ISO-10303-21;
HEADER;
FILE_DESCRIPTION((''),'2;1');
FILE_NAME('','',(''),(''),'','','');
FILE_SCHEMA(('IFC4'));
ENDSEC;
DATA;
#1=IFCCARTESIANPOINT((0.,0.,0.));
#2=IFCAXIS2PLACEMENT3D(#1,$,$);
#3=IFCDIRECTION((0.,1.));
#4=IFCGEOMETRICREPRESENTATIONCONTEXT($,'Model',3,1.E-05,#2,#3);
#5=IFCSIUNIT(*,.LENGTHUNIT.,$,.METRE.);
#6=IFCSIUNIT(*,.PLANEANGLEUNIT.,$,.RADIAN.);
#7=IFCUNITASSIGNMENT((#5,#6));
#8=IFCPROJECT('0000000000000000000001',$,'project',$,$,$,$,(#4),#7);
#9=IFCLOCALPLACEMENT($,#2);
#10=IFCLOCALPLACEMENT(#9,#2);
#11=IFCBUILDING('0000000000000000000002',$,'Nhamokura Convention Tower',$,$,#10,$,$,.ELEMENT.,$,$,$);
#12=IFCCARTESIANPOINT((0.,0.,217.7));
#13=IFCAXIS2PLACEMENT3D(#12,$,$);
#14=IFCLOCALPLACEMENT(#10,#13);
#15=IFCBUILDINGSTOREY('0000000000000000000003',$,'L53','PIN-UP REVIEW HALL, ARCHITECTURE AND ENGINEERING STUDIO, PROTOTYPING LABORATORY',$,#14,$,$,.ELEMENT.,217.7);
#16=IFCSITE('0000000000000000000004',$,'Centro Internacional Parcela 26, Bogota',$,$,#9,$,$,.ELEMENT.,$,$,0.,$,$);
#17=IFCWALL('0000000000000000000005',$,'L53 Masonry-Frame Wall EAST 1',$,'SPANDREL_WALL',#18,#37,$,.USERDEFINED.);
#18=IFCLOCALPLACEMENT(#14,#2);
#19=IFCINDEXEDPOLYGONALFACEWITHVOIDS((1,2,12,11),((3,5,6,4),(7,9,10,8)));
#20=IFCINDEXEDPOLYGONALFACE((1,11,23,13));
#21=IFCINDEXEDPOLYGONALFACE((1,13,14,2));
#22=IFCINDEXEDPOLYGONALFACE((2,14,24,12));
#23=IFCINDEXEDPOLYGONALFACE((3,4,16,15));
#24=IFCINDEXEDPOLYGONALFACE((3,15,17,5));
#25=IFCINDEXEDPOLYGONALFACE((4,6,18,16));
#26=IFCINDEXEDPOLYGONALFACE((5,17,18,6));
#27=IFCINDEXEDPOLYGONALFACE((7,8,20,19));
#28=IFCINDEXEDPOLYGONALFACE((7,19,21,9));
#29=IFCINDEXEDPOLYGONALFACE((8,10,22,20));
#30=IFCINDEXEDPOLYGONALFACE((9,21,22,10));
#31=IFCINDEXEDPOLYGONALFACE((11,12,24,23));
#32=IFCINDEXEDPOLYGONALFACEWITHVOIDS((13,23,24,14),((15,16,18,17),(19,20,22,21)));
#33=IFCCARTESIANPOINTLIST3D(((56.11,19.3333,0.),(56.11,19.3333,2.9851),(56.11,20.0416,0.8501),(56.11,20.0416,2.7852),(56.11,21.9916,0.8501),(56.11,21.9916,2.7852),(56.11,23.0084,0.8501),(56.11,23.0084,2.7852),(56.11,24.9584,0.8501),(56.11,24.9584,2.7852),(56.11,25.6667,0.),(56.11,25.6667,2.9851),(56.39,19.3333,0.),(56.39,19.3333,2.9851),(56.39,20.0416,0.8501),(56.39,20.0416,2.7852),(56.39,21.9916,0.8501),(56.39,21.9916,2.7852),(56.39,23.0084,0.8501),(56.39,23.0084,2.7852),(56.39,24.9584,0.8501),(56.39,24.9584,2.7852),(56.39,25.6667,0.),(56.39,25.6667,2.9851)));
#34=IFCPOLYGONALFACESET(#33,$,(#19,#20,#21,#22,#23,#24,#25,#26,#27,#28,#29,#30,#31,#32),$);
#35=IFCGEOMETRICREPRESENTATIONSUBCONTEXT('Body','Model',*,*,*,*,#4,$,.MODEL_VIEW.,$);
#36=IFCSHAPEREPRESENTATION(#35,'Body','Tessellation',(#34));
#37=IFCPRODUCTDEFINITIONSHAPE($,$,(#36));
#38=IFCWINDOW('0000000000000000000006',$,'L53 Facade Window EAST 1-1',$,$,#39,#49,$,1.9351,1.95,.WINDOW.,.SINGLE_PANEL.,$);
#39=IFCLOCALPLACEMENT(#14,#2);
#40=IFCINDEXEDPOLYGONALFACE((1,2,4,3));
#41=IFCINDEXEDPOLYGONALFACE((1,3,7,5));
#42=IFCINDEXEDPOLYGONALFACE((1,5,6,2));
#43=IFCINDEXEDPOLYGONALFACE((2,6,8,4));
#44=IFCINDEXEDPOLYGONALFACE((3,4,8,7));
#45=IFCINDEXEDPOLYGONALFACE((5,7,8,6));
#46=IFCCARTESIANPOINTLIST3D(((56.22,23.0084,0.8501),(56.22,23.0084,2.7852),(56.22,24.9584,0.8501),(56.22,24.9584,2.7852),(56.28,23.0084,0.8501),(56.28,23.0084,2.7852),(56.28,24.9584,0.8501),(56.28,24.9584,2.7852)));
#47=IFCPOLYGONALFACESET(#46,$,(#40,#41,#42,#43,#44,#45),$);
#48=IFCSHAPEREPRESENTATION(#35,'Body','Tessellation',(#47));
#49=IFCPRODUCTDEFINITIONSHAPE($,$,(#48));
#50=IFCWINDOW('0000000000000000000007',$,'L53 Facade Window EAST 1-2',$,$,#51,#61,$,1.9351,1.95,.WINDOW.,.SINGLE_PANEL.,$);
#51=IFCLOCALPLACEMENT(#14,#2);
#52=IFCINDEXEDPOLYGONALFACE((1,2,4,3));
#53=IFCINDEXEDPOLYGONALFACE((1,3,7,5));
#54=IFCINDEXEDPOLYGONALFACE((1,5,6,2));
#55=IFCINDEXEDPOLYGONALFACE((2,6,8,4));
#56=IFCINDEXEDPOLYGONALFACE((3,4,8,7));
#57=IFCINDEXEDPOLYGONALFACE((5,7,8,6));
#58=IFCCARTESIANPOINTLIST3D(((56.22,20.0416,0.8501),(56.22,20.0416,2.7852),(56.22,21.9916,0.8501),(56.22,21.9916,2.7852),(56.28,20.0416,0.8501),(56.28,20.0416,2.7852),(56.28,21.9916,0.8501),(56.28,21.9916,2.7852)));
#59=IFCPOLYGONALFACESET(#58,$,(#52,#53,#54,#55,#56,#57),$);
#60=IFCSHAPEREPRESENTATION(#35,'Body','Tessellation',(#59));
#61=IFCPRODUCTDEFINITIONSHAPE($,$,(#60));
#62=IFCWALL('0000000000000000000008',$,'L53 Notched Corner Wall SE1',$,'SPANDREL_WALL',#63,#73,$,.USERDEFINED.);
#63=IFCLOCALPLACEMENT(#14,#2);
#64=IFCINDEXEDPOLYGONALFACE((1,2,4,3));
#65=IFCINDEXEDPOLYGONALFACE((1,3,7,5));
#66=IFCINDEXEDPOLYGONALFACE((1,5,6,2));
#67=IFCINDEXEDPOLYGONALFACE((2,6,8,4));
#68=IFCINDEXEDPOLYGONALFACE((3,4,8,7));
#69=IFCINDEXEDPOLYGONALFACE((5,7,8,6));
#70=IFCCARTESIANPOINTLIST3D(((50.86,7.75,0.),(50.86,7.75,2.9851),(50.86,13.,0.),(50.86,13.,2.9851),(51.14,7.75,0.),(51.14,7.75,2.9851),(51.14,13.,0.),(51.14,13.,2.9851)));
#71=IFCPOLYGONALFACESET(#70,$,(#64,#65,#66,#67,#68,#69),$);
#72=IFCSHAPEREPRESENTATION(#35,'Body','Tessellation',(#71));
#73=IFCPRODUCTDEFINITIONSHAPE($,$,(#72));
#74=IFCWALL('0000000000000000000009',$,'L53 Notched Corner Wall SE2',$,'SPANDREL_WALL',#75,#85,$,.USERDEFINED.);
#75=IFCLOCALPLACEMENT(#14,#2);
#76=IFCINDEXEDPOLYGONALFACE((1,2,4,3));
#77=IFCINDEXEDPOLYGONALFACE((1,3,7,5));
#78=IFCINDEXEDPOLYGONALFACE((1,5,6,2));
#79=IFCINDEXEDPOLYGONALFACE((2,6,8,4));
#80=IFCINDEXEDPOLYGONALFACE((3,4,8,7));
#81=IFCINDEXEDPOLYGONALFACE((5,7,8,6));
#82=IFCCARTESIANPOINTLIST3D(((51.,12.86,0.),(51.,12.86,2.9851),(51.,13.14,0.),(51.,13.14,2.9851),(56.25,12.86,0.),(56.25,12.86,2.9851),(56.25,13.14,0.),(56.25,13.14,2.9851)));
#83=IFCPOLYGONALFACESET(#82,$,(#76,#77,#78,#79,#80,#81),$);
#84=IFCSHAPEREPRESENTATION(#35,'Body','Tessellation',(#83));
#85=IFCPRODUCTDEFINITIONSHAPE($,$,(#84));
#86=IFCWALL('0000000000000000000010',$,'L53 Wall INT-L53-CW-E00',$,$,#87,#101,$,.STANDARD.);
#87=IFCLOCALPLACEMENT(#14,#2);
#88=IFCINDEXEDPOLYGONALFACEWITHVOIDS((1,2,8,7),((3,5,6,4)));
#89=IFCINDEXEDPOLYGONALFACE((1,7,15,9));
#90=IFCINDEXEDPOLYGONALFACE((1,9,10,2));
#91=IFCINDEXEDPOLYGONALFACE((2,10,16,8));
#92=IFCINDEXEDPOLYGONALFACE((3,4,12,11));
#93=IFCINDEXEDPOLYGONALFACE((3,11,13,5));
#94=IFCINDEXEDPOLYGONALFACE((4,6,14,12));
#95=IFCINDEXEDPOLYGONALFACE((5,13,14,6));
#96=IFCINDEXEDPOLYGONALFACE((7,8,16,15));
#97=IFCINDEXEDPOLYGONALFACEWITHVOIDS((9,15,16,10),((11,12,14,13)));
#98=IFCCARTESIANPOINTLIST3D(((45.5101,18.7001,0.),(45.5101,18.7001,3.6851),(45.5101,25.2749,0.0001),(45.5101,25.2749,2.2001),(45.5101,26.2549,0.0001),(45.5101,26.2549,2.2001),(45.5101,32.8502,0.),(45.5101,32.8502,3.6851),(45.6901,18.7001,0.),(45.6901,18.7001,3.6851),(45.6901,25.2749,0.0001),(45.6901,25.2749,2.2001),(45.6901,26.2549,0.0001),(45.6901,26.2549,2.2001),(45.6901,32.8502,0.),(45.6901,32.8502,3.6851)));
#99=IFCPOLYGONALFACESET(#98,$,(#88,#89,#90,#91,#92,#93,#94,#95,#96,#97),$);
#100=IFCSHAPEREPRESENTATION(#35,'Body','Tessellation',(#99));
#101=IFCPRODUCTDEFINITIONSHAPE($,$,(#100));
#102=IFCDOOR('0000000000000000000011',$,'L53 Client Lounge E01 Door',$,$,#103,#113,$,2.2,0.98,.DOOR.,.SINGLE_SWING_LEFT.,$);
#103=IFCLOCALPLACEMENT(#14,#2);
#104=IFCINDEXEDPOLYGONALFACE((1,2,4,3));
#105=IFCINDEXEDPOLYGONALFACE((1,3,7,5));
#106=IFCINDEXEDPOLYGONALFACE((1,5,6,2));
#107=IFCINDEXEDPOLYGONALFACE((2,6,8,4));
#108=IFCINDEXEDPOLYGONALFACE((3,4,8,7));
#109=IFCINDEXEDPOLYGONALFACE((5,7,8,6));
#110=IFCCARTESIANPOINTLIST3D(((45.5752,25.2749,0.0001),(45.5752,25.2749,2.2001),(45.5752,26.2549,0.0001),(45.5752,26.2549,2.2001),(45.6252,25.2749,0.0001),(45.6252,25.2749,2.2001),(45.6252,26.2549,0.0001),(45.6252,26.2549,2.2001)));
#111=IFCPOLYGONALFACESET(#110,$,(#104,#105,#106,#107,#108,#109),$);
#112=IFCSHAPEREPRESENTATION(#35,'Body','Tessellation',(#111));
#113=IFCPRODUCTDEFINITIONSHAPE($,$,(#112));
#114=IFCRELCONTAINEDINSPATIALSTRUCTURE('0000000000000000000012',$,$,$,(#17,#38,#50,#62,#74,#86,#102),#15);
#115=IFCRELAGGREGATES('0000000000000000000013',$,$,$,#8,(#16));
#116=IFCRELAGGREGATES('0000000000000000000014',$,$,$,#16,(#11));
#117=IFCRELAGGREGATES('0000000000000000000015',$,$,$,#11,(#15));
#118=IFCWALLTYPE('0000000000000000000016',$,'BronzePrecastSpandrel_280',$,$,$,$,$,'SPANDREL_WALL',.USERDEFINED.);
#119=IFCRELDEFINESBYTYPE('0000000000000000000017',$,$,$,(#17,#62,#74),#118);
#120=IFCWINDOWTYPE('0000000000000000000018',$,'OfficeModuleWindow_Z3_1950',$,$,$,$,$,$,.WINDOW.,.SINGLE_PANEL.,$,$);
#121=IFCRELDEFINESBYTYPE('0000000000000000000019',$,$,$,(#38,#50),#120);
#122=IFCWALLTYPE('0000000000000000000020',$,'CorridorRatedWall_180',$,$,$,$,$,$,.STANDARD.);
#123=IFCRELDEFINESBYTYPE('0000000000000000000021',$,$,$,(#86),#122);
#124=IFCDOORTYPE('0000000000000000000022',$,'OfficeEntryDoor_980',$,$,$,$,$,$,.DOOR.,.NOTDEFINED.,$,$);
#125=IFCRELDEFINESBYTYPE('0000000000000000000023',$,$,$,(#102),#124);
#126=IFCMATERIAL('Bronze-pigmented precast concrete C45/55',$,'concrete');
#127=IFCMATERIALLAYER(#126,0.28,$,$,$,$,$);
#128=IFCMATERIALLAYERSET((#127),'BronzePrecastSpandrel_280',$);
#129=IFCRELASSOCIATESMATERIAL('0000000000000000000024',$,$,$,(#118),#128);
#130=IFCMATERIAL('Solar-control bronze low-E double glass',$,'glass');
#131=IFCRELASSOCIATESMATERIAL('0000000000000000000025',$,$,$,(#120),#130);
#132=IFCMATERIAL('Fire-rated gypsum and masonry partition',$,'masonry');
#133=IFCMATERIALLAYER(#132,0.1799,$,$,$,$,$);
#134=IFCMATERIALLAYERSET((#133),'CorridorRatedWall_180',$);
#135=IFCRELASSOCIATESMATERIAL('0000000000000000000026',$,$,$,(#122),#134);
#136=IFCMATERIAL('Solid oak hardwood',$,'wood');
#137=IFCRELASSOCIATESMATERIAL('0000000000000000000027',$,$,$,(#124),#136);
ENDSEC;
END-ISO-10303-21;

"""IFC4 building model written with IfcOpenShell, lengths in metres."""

from ifc_helpers import new_model, si_unit, direction, frame, frame_2d, origin, place, context, subcontext, project, spatial, rectangle, extrude, material, layer, layer_set, type_object, element, fill, save


model = new_model("IFC4")

# Units and contexts
model_context = context("Model", 3, precision=1e-05, world=origin(), true_north=direction((0.0, 1.0)))
body_context = subcontext(model_context, "Body", "Model", "MODEL_VIEW")
ifc_project = project(units=[si_unit("LENGTHUNIT", "METRE"), si_unit("PLANEANGLEUNIT", "RADIAN")], contexts=[model_context])

# Site, building, storey
site_placement = place(None, origin())
site = spatial("IfcSite", under=ifc_project, at=site_placement, Name="Centro Internacional Parcela 26, Bogota", CompositionType="ELEMENT", RefElevation=0.0)
building_placement = place(site_placement, origin())
building = spatial("IfcBuilding", under=site, at=building_placement, Name="Nhamokura Convention Tower", CompositionType="ELEMENT")
storey_placement = place(building_placement, frame((0.0, 0.0, 217.7)))
storey = spatial("IfcBuildingStorey", under=building, at=storey_placement, Name="L53", Description="PIN-UP REVIEW HALL, ARCHITECTURE AND ENGINEERING STUDIO, PROTOTYPING LABORATORY", CompositionType="ELEMENT", Elevation=217.7)

# Shared definitions
ifc_material_1 = material(Name="Bronze-pigmented precast concrete C45/55", Category="concrete")
ifc_layer_1 = layer(ifc_material_1, 0.28)
ifc_layer_set_1 = layer_set([ifc_layer_1], Name="BronzePrecastSpandrel_280")
wall_type_1 = type_object("IfcWallType", Name="BronzePrecastSpandrel_280", ElementType="SPANDREL_WALL", PredefinedType="USERDEFINED", material=ifc_layer_set_1)
ifc_material_2 = material(Name="Solar-control bronze low-E double glass", Category="glass")
window_type = type_object("IfcWindowType", Name="OfficeModuleWindow_Z3_1950", PartitioningType="SINGLE_PANEL", PredefinedType="WINDOW", material=ifc_material_2)

# Wall, openings, windows
wall_1_placement = place(storey_placement, frame((56.25, 25.6667, 0.0), z_axis=(0.0, 0.0, 1.0), x_axis=(0.0, -1.0, 0.0)))
wall_1 = element("IfcWall", 1, at=wall_1_placement, inside=storey, type_object=wall_type_1, Name="L53 Masonry-Frame Wall EAST 1", ObjectType="SPANDREL_WALL", PredefinedType="USERDEFINED", context=body_context, shape_type="SweptSolid", body=[
    extrude(rectangle(XDim=6.3335, YDim=0.28, at=frame_2d((3.1667, 0.0))), origin(), (0.0, 0.0, 1.0), 2.9851),
])
opening_1_placement = place(wall_1_placement, frame((0.7083, 0.0, 0.8501)))
opening_1 = element("IfcOpeningElement", 2, at=opening_1_placement, cuts=wall_1, PredefinedType="OPENING", context=body_context, shape_type="SweptSolid", body=[
    extrude(rectangle(XDim=1.95, YDim=1.9351, at=frame_2d((0.9751, 0.9675))), frame((0.0, 0.1499, 0.0), z_axis=(0.0, -1.0, 0.0), x_axis=(1.0, 0.0, 0.0)), (0.0, 0.0, 1.0), 0.3),
])
opening_2_placement = place(wall_1_placement, frame((3.675, 0.0, 0.8501)))
opening_2 = element("IfcOpeningElement", 3, at=opening_2_placement, cuts=wall_1, PredefinedType="OPENING", context=body_context, shape_type="SweptSolid", body=[
    extrude(rectangle(XDim=1.95, YDim=1.9351, at=frame_2d((0.9751, 0.9675))), frame((0.0, 0.1499, 0.0), z_axis=(0.0, -1.0, 0.0), x_axis=(1.0, 0.0, 0.0)), (0.0, 0.0, 1.0), 0.3),
])
window_1_placement = place(opening_1_placement, origin())
window_1 = element("IfcWindow", 4, at=window_1_placement, inside=storey, type_object=window_type, Name="L53 Facade Window EAST 1-1", OverallHeight=1.9351, OverallWidth=1.95, PartitioningType="SINGLE_PANEL", PredefinedType="WINDOW", context=body_context, shape_type="SweptSolid", body=[
    extrude(rectangle(XDim=1.95, YDim=1.9351, at=frame_2d((0.9751, 0.9675))), frame((0.0, 0.03, 0.0), z_axis=(0.0, -1.0, 0.0), x_axis=(1.0, 0.0, 0.0)), (0.0, 0.0, 1.0), 0.0601),
])
fill(opening_1, window_1)
window_2_placement = place(opening_2_placement, origin())
window_2 = element("IfcWindow", 5, at=window_2_placement, inside=storey, type_object=window_type, Name="L53 Facade Window EAST 1-2", OverallHeight=1.9351, OverallWidth=1.95, PartitioningType="SINGLE_PANEL", PredefinedType="WINDOW", context=body_context, shape_type="SweptSolid", body=[
    extrude(rectangle(XDim=1.95, YDim=1.9351, at=frame_2d((0.9751, 0.9675))), frame((0.0, 0.03, 0.0), z_axis=(0.0, -1.0, 0.0), x_axis=(1.0, 0.0, 0.0)), (0.0, 0.0, 1.0), 0.0601),
])
fill(opening_2, window_2)

# Walls
for number, where, z_axis, x_axis, name in (
    (6, (51.0, 13.0, 0.0), (0.0, 0.0, 1.0), (0.0, -1.0, 0.0), "L53 Notched Corner Wall SE1"),
    (7, (56.25, 13.0, 0.0), (0.0, 0.0, 1.0), (-1.0, 0.0, 0.0), "L53 Notched Corner Wall SE2"),
):
    element("IfcWall", number, at=place(storey_placement, frame(where, z_axis=z_axis, x_axis=x_axis)), inside=storey, type_object=wall_type_1, Name=name, ObjectType="SPANDREL_WALL", PredefinedType="USERDEFINED", context=body_context, shape_type="SweptSolid", body=[
        extrude(rectangle(XDim=5.25, YDim=0.28, at=frame_2d((2.625, 0.0))), origin(), (0.0, 0.0, 1.0), 2.9851),
    ])

# Wall, opening, door
ifc_material_3 = material(Name="Fire-rated gypsum and masonry partition", Category="masonry")
ifc_layer_2 = layer(ifc_material_3, 0.1799)
ifc_layer_set_2 = layer_set([ifc_layer_2], Name="CorridorRatedWall_180")
wall_type_2 = type_object("IfcWallType", Name="CorridorRatedWall_180", PredefinedType="STANDARD", material=ifc_layer_set_2)
wall_2_placement = place(storey_placement, frame((45.6001, 18.7, 0.0), z_axis=(0.0, 0.0, 1.0), x_axis=(0.0, 1.0, 0.0)))
wall_2 = element("IfcWall", 8, at=wall_2_placement, inside=storey, type_object=wall_type_2, Name="L53 Wall INT-L53-CW-E00", PredefinedType="STANDARD", context=body_context, shape_type="SweptSolid", body=[
    extrude(rectangle(XDim=14.1501, YDim=0.1799, at=frame_2d((7.0752, 0.0))), origin(), (0.0, 0.0, 1.0), 3.6851),
])
opening_3_placement = place(wall_2_placement, frame((6.575, 0.0, 0.0)))
opening_3 = element("IfcOpeningElement", 9, at=opening_3_placement, cuts=wall_2, PredefinedType="OPENING", context=body_context, shape_type="SweptSolid", body=[
    extrude(rectangle(XDim=0.98, YDim=2.2, at=frame_2d((0.49, 1.1001))), frame((0.0, 0.0999, 0.0), z_axis=(0.0, -1.0, 0.0), x_axis=(1.0, 0.0, 0.0)), (0.0, 0.0, 1.0), 0.2),
])
ifc_material_4 = material(Name="Solid oak hardwood", Category="wood")
door_type_1 = type_object("IfcDoorType", Name="OfficeEntryDoor_980", OperationType="NOTDEFINED", PredefinedType="DOOR", material=ifc_material_4)
door_1_placement = place(opening_3_placement, origin())
door_1 = element("IfcDoor", 10, at=door_1_placement, inside=storey, type_object=door_type_1, Name="L53 Client Lounge E01 Door", OperationType="SINGLE_SWING_LEFT", OverallHeight=2.2, OverallWidth=0.98, PredefinedType="DOOR", context=body_context, shape_type="SweptSolid", body=[
    extrude(rectangle(XDim=0.98, YDim=2.2, at=frame_2d((0.49, 1.1001))), frame((0.0, 0.0249, 0.0), z_axis=(0.0, -1.0, 0.0), x_axis=(1.0, 0.0, 0.0)), (0.0, 0.0, 1.0), 0.05),
])
fill(opening_3, door_1)

save(model, "model.ifc")
